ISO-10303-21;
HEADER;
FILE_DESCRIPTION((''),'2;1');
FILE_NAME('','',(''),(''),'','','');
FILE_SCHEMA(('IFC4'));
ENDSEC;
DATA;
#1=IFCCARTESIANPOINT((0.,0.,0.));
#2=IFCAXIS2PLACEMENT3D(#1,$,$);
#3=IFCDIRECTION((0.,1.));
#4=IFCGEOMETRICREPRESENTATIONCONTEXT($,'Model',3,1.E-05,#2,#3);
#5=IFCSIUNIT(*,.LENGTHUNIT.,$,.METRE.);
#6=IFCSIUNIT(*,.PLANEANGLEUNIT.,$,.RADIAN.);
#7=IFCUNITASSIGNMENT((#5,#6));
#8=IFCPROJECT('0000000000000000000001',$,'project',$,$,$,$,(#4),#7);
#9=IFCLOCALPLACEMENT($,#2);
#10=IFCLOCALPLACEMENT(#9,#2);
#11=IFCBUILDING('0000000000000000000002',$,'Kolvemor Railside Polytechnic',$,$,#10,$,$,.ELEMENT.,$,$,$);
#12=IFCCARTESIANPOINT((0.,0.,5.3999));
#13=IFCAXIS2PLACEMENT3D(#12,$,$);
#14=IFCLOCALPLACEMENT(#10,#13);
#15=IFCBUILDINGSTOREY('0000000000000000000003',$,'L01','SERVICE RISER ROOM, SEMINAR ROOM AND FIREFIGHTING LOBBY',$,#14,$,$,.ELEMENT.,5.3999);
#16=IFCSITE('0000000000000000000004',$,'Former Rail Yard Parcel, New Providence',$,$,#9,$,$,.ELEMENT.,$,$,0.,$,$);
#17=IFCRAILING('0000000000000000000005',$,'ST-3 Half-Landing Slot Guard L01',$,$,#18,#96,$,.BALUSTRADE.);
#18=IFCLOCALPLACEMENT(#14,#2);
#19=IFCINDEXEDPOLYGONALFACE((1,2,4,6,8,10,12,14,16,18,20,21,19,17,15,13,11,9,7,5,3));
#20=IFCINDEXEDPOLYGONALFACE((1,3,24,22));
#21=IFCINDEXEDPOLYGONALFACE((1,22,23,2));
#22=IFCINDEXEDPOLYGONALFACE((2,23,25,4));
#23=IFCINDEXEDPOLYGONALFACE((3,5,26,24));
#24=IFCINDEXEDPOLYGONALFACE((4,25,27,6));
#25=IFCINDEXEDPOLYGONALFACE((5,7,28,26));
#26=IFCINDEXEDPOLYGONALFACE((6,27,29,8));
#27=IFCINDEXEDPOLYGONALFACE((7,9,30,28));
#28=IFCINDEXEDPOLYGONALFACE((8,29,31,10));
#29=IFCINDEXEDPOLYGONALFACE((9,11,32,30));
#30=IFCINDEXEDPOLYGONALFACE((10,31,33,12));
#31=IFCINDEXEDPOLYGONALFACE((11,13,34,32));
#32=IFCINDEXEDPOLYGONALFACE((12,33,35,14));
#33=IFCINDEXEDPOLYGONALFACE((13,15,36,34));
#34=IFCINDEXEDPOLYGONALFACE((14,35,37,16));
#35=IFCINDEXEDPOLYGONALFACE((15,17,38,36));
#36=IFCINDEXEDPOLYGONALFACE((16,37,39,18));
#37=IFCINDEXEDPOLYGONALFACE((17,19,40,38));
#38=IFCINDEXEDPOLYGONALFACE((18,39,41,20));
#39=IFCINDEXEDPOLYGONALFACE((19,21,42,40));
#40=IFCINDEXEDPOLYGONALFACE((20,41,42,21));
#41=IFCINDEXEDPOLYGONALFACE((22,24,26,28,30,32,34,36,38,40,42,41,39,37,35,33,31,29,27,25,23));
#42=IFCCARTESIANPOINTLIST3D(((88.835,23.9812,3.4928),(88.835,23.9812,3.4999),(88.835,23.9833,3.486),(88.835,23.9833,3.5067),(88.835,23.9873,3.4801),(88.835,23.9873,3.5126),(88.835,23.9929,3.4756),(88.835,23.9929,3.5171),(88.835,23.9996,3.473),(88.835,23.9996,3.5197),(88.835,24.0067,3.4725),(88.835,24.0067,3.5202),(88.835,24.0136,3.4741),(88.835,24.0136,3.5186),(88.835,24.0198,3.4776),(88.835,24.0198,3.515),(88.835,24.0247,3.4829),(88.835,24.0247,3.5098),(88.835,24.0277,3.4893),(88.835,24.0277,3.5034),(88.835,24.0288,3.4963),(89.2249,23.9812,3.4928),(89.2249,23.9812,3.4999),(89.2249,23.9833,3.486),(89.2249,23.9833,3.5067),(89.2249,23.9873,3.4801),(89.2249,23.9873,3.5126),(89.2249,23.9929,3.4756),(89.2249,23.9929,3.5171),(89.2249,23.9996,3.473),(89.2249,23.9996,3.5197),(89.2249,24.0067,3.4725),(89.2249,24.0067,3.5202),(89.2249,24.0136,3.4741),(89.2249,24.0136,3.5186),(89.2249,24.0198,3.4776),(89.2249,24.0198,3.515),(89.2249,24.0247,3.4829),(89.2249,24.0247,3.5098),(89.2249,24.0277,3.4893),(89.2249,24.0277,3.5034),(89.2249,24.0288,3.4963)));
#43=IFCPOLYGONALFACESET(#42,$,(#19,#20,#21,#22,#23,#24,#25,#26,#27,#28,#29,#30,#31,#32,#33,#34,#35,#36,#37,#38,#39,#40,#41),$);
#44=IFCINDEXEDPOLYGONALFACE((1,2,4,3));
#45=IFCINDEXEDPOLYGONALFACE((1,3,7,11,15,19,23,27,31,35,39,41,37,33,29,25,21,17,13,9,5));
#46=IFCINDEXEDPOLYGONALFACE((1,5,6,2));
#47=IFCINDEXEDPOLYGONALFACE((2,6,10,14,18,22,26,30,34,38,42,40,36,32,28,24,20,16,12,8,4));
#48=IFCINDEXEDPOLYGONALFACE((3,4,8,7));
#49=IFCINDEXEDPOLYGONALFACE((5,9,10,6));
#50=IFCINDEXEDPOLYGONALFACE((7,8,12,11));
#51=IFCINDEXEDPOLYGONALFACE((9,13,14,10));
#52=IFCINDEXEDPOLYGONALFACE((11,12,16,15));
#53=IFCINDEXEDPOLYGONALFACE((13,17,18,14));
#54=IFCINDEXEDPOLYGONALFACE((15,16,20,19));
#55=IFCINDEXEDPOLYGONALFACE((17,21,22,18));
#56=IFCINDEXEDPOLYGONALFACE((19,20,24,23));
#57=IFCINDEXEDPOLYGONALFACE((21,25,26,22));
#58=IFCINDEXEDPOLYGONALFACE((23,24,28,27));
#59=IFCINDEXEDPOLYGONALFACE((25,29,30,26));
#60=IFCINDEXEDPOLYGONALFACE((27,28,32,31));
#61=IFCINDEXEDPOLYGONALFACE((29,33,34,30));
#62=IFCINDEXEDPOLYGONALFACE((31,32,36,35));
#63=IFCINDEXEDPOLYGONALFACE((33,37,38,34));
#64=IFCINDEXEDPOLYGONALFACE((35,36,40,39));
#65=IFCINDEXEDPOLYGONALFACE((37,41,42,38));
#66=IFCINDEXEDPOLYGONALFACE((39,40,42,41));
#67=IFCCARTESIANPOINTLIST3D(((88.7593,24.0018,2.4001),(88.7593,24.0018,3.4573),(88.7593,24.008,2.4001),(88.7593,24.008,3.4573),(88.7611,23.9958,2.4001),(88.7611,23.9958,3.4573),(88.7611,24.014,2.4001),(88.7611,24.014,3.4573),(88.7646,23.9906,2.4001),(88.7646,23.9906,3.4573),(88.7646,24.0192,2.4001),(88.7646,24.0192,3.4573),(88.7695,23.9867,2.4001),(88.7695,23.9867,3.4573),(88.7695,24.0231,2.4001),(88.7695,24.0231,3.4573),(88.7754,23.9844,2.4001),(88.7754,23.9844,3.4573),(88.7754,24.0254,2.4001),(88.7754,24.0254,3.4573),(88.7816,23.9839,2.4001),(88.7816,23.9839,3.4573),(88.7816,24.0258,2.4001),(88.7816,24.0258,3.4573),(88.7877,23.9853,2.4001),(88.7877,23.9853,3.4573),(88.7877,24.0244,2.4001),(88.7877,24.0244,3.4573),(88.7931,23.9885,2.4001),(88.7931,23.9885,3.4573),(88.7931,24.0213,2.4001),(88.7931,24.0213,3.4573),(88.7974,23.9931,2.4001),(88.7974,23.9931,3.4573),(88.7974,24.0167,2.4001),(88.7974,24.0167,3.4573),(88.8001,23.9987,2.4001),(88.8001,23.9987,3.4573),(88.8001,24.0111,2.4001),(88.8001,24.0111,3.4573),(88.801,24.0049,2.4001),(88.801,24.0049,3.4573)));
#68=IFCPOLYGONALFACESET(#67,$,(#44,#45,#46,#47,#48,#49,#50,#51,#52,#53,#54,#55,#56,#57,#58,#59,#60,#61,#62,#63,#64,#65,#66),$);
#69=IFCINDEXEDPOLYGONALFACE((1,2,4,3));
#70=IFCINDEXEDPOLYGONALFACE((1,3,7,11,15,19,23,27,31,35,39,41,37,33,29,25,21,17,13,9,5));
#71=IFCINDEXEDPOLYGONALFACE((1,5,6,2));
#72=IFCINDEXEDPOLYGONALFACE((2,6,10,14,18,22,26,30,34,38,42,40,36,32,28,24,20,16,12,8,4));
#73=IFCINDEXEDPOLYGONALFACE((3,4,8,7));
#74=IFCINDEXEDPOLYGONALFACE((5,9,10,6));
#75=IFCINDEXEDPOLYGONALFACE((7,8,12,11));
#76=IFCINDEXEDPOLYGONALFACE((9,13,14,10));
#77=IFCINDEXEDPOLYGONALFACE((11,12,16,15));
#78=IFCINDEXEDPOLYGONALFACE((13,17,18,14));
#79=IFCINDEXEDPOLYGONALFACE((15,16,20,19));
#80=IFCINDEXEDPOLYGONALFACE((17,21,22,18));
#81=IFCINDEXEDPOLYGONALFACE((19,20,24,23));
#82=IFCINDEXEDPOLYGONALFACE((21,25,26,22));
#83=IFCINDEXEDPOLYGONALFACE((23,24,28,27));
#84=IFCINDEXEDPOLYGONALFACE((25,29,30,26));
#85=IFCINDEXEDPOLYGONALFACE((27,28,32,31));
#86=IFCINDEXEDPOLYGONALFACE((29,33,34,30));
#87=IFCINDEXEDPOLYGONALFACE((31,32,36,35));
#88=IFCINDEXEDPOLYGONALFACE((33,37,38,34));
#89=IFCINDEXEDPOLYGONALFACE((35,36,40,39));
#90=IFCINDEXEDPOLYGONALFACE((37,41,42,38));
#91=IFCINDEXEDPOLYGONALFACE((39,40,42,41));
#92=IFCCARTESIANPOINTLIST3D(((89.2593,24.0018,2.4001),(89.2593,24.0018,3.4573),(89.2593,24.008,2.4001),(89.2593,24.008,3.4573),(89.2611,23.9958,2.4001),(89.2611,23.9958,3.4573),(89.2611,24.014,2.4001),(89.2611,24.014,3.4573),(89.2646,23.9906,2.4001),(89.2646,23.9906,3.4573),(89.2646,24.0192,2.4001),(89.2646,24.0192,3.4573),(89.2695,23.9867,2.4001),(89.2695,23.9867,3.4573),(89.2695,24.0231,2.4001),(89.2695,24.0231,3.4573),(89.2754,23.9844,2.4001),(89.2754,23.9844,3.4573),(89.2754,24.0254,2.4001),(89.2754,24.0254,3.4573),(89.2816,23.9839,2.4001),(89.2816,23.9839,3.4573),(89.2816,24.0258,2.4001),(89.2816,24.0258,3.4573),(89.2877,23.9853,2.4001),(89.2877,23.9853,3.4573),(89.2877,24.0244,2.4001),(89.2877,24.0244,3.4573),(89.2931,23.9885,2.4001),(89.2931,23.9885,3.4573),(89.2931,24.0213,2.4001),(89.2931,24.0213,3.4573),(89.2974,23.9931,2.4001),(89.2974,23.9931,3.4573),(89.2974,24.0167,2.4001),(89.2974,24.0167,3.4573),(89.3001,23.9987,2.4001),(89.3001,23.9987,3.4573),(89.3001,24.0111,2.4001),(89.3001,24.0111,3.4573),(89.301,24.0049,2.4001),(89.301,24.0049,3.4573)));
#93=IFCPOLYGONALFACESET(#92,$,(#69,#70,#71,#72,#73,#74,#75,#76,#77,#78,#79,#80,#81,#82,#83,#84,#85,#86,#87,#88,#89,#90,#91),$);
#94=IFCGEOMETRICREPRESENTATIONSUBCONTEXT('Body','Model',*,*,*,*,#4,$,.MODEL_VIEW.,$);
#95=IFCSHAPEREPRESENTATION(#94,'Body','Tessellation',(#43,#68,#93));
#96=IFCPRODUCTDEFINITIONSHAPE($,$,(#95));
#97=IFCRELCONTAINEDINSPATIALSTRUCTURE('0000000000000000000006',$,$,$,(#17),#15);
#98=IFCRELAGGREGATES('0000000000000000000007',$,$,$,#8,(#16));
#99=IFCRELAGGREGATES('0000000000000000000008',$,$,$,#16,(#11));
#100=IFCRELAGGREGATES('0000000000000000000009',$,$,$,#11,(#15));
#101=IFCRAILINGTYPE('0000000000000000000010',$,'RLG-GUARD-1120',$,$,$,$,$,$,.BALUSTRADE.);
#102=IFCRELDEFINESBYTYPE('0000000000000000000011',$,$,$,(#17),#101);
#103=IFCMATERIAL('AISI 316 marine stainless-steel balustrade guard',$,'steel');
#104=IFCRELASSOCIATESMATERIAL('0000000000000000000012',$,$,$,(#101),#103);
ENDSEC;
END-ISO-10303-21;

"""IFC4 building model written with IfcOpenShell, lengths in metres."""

from ifc_helpers import new_model, si_unit, direction, frame, origin, origin_2d, place, context, subcontext, project, spatial, circle, extrude, material, type_object, element, save


model = new_model("IFC4")

# Units and contexts
model_context = context("Model", 3, precision=1e-05, world=origin(), true_north=direction((0.0, 1.0)))
body_context = subcontext(model_context, "Body", "Model", "MODEL_VIEW")
ifc_project = project(units=[si_unit("LENGTHUNIT", "METRE"), si_unit("PLANEANGLEUNIT", "RADIAN")], contexts=[model_context])

# Site, building, storey
site_placement = place(None, origin())
site = spatial("IfcSite", under=ifc_project, at=site_placement, Name="Former Rail Yard Parcel, New Providence", CompositionType="ELEMENT", RefElevation=0.0)
building_placement = place(site_placement, origin())
building = spatial("IfcBuilding", under=site, at=building_placement, Name="Kolvemor Railside Polytechnic", CompositionType="ELEMENT")
storey_placement = place(building_placement, frame((0.0, 0.0, 5.3999)))
storey = spatial("IfcBuildingStorey", under=building, at=storey_placement, Name="L01", Description="SERVICE RISER ROOM, SEMINAR ROOM AND FIREFIGHTING LOBBY", CompositionType="ELEMENT", Elevation=5.3999)

# Railing
ifc_material_1 = material(Name="AISI 316 marine stainless-steel balustrade guard", Category="steel")
railing_type_1 = type_object("IfcRailingType", Name="RLG-GUARD-1120", PredefinedType="BALUSTRADE", material=ifc_material_1)
railing_1_placement = place(storey_placement, frame((88.78, 24.0049, 2.4001)))
element("IfcRailing", 1, at=railing_1_placement, inside=storey, type_object=railing_type_1, Name="ST-3 Half-Landing Slot Guard L01", PredefinedType="BALUSTRADE", context=body_context, shape_type="SweptSolid", body=[
    extrude(circle(Radius=0.0239, at=origin_2d()), frame((0.0549, 0.0, 1.0962), z_axis=(1.0, 0.0, 0.0), x_axis=(0.0, 1.0, 0.0)), (0.0, 0.0, 1.0), 0.3899),
    extrude(circle(Radius=0.021, at=origin_2d()), origin(), (0.0, 0.0, 1.0), 1.0571),
    extrude(circle(Radius=0.021, at=origin_2d()), frame((0.5, 0.0, 0.0)), (0.0, 0.0, 1.0), 1.0571),
])

save(model, "model.ifc")
